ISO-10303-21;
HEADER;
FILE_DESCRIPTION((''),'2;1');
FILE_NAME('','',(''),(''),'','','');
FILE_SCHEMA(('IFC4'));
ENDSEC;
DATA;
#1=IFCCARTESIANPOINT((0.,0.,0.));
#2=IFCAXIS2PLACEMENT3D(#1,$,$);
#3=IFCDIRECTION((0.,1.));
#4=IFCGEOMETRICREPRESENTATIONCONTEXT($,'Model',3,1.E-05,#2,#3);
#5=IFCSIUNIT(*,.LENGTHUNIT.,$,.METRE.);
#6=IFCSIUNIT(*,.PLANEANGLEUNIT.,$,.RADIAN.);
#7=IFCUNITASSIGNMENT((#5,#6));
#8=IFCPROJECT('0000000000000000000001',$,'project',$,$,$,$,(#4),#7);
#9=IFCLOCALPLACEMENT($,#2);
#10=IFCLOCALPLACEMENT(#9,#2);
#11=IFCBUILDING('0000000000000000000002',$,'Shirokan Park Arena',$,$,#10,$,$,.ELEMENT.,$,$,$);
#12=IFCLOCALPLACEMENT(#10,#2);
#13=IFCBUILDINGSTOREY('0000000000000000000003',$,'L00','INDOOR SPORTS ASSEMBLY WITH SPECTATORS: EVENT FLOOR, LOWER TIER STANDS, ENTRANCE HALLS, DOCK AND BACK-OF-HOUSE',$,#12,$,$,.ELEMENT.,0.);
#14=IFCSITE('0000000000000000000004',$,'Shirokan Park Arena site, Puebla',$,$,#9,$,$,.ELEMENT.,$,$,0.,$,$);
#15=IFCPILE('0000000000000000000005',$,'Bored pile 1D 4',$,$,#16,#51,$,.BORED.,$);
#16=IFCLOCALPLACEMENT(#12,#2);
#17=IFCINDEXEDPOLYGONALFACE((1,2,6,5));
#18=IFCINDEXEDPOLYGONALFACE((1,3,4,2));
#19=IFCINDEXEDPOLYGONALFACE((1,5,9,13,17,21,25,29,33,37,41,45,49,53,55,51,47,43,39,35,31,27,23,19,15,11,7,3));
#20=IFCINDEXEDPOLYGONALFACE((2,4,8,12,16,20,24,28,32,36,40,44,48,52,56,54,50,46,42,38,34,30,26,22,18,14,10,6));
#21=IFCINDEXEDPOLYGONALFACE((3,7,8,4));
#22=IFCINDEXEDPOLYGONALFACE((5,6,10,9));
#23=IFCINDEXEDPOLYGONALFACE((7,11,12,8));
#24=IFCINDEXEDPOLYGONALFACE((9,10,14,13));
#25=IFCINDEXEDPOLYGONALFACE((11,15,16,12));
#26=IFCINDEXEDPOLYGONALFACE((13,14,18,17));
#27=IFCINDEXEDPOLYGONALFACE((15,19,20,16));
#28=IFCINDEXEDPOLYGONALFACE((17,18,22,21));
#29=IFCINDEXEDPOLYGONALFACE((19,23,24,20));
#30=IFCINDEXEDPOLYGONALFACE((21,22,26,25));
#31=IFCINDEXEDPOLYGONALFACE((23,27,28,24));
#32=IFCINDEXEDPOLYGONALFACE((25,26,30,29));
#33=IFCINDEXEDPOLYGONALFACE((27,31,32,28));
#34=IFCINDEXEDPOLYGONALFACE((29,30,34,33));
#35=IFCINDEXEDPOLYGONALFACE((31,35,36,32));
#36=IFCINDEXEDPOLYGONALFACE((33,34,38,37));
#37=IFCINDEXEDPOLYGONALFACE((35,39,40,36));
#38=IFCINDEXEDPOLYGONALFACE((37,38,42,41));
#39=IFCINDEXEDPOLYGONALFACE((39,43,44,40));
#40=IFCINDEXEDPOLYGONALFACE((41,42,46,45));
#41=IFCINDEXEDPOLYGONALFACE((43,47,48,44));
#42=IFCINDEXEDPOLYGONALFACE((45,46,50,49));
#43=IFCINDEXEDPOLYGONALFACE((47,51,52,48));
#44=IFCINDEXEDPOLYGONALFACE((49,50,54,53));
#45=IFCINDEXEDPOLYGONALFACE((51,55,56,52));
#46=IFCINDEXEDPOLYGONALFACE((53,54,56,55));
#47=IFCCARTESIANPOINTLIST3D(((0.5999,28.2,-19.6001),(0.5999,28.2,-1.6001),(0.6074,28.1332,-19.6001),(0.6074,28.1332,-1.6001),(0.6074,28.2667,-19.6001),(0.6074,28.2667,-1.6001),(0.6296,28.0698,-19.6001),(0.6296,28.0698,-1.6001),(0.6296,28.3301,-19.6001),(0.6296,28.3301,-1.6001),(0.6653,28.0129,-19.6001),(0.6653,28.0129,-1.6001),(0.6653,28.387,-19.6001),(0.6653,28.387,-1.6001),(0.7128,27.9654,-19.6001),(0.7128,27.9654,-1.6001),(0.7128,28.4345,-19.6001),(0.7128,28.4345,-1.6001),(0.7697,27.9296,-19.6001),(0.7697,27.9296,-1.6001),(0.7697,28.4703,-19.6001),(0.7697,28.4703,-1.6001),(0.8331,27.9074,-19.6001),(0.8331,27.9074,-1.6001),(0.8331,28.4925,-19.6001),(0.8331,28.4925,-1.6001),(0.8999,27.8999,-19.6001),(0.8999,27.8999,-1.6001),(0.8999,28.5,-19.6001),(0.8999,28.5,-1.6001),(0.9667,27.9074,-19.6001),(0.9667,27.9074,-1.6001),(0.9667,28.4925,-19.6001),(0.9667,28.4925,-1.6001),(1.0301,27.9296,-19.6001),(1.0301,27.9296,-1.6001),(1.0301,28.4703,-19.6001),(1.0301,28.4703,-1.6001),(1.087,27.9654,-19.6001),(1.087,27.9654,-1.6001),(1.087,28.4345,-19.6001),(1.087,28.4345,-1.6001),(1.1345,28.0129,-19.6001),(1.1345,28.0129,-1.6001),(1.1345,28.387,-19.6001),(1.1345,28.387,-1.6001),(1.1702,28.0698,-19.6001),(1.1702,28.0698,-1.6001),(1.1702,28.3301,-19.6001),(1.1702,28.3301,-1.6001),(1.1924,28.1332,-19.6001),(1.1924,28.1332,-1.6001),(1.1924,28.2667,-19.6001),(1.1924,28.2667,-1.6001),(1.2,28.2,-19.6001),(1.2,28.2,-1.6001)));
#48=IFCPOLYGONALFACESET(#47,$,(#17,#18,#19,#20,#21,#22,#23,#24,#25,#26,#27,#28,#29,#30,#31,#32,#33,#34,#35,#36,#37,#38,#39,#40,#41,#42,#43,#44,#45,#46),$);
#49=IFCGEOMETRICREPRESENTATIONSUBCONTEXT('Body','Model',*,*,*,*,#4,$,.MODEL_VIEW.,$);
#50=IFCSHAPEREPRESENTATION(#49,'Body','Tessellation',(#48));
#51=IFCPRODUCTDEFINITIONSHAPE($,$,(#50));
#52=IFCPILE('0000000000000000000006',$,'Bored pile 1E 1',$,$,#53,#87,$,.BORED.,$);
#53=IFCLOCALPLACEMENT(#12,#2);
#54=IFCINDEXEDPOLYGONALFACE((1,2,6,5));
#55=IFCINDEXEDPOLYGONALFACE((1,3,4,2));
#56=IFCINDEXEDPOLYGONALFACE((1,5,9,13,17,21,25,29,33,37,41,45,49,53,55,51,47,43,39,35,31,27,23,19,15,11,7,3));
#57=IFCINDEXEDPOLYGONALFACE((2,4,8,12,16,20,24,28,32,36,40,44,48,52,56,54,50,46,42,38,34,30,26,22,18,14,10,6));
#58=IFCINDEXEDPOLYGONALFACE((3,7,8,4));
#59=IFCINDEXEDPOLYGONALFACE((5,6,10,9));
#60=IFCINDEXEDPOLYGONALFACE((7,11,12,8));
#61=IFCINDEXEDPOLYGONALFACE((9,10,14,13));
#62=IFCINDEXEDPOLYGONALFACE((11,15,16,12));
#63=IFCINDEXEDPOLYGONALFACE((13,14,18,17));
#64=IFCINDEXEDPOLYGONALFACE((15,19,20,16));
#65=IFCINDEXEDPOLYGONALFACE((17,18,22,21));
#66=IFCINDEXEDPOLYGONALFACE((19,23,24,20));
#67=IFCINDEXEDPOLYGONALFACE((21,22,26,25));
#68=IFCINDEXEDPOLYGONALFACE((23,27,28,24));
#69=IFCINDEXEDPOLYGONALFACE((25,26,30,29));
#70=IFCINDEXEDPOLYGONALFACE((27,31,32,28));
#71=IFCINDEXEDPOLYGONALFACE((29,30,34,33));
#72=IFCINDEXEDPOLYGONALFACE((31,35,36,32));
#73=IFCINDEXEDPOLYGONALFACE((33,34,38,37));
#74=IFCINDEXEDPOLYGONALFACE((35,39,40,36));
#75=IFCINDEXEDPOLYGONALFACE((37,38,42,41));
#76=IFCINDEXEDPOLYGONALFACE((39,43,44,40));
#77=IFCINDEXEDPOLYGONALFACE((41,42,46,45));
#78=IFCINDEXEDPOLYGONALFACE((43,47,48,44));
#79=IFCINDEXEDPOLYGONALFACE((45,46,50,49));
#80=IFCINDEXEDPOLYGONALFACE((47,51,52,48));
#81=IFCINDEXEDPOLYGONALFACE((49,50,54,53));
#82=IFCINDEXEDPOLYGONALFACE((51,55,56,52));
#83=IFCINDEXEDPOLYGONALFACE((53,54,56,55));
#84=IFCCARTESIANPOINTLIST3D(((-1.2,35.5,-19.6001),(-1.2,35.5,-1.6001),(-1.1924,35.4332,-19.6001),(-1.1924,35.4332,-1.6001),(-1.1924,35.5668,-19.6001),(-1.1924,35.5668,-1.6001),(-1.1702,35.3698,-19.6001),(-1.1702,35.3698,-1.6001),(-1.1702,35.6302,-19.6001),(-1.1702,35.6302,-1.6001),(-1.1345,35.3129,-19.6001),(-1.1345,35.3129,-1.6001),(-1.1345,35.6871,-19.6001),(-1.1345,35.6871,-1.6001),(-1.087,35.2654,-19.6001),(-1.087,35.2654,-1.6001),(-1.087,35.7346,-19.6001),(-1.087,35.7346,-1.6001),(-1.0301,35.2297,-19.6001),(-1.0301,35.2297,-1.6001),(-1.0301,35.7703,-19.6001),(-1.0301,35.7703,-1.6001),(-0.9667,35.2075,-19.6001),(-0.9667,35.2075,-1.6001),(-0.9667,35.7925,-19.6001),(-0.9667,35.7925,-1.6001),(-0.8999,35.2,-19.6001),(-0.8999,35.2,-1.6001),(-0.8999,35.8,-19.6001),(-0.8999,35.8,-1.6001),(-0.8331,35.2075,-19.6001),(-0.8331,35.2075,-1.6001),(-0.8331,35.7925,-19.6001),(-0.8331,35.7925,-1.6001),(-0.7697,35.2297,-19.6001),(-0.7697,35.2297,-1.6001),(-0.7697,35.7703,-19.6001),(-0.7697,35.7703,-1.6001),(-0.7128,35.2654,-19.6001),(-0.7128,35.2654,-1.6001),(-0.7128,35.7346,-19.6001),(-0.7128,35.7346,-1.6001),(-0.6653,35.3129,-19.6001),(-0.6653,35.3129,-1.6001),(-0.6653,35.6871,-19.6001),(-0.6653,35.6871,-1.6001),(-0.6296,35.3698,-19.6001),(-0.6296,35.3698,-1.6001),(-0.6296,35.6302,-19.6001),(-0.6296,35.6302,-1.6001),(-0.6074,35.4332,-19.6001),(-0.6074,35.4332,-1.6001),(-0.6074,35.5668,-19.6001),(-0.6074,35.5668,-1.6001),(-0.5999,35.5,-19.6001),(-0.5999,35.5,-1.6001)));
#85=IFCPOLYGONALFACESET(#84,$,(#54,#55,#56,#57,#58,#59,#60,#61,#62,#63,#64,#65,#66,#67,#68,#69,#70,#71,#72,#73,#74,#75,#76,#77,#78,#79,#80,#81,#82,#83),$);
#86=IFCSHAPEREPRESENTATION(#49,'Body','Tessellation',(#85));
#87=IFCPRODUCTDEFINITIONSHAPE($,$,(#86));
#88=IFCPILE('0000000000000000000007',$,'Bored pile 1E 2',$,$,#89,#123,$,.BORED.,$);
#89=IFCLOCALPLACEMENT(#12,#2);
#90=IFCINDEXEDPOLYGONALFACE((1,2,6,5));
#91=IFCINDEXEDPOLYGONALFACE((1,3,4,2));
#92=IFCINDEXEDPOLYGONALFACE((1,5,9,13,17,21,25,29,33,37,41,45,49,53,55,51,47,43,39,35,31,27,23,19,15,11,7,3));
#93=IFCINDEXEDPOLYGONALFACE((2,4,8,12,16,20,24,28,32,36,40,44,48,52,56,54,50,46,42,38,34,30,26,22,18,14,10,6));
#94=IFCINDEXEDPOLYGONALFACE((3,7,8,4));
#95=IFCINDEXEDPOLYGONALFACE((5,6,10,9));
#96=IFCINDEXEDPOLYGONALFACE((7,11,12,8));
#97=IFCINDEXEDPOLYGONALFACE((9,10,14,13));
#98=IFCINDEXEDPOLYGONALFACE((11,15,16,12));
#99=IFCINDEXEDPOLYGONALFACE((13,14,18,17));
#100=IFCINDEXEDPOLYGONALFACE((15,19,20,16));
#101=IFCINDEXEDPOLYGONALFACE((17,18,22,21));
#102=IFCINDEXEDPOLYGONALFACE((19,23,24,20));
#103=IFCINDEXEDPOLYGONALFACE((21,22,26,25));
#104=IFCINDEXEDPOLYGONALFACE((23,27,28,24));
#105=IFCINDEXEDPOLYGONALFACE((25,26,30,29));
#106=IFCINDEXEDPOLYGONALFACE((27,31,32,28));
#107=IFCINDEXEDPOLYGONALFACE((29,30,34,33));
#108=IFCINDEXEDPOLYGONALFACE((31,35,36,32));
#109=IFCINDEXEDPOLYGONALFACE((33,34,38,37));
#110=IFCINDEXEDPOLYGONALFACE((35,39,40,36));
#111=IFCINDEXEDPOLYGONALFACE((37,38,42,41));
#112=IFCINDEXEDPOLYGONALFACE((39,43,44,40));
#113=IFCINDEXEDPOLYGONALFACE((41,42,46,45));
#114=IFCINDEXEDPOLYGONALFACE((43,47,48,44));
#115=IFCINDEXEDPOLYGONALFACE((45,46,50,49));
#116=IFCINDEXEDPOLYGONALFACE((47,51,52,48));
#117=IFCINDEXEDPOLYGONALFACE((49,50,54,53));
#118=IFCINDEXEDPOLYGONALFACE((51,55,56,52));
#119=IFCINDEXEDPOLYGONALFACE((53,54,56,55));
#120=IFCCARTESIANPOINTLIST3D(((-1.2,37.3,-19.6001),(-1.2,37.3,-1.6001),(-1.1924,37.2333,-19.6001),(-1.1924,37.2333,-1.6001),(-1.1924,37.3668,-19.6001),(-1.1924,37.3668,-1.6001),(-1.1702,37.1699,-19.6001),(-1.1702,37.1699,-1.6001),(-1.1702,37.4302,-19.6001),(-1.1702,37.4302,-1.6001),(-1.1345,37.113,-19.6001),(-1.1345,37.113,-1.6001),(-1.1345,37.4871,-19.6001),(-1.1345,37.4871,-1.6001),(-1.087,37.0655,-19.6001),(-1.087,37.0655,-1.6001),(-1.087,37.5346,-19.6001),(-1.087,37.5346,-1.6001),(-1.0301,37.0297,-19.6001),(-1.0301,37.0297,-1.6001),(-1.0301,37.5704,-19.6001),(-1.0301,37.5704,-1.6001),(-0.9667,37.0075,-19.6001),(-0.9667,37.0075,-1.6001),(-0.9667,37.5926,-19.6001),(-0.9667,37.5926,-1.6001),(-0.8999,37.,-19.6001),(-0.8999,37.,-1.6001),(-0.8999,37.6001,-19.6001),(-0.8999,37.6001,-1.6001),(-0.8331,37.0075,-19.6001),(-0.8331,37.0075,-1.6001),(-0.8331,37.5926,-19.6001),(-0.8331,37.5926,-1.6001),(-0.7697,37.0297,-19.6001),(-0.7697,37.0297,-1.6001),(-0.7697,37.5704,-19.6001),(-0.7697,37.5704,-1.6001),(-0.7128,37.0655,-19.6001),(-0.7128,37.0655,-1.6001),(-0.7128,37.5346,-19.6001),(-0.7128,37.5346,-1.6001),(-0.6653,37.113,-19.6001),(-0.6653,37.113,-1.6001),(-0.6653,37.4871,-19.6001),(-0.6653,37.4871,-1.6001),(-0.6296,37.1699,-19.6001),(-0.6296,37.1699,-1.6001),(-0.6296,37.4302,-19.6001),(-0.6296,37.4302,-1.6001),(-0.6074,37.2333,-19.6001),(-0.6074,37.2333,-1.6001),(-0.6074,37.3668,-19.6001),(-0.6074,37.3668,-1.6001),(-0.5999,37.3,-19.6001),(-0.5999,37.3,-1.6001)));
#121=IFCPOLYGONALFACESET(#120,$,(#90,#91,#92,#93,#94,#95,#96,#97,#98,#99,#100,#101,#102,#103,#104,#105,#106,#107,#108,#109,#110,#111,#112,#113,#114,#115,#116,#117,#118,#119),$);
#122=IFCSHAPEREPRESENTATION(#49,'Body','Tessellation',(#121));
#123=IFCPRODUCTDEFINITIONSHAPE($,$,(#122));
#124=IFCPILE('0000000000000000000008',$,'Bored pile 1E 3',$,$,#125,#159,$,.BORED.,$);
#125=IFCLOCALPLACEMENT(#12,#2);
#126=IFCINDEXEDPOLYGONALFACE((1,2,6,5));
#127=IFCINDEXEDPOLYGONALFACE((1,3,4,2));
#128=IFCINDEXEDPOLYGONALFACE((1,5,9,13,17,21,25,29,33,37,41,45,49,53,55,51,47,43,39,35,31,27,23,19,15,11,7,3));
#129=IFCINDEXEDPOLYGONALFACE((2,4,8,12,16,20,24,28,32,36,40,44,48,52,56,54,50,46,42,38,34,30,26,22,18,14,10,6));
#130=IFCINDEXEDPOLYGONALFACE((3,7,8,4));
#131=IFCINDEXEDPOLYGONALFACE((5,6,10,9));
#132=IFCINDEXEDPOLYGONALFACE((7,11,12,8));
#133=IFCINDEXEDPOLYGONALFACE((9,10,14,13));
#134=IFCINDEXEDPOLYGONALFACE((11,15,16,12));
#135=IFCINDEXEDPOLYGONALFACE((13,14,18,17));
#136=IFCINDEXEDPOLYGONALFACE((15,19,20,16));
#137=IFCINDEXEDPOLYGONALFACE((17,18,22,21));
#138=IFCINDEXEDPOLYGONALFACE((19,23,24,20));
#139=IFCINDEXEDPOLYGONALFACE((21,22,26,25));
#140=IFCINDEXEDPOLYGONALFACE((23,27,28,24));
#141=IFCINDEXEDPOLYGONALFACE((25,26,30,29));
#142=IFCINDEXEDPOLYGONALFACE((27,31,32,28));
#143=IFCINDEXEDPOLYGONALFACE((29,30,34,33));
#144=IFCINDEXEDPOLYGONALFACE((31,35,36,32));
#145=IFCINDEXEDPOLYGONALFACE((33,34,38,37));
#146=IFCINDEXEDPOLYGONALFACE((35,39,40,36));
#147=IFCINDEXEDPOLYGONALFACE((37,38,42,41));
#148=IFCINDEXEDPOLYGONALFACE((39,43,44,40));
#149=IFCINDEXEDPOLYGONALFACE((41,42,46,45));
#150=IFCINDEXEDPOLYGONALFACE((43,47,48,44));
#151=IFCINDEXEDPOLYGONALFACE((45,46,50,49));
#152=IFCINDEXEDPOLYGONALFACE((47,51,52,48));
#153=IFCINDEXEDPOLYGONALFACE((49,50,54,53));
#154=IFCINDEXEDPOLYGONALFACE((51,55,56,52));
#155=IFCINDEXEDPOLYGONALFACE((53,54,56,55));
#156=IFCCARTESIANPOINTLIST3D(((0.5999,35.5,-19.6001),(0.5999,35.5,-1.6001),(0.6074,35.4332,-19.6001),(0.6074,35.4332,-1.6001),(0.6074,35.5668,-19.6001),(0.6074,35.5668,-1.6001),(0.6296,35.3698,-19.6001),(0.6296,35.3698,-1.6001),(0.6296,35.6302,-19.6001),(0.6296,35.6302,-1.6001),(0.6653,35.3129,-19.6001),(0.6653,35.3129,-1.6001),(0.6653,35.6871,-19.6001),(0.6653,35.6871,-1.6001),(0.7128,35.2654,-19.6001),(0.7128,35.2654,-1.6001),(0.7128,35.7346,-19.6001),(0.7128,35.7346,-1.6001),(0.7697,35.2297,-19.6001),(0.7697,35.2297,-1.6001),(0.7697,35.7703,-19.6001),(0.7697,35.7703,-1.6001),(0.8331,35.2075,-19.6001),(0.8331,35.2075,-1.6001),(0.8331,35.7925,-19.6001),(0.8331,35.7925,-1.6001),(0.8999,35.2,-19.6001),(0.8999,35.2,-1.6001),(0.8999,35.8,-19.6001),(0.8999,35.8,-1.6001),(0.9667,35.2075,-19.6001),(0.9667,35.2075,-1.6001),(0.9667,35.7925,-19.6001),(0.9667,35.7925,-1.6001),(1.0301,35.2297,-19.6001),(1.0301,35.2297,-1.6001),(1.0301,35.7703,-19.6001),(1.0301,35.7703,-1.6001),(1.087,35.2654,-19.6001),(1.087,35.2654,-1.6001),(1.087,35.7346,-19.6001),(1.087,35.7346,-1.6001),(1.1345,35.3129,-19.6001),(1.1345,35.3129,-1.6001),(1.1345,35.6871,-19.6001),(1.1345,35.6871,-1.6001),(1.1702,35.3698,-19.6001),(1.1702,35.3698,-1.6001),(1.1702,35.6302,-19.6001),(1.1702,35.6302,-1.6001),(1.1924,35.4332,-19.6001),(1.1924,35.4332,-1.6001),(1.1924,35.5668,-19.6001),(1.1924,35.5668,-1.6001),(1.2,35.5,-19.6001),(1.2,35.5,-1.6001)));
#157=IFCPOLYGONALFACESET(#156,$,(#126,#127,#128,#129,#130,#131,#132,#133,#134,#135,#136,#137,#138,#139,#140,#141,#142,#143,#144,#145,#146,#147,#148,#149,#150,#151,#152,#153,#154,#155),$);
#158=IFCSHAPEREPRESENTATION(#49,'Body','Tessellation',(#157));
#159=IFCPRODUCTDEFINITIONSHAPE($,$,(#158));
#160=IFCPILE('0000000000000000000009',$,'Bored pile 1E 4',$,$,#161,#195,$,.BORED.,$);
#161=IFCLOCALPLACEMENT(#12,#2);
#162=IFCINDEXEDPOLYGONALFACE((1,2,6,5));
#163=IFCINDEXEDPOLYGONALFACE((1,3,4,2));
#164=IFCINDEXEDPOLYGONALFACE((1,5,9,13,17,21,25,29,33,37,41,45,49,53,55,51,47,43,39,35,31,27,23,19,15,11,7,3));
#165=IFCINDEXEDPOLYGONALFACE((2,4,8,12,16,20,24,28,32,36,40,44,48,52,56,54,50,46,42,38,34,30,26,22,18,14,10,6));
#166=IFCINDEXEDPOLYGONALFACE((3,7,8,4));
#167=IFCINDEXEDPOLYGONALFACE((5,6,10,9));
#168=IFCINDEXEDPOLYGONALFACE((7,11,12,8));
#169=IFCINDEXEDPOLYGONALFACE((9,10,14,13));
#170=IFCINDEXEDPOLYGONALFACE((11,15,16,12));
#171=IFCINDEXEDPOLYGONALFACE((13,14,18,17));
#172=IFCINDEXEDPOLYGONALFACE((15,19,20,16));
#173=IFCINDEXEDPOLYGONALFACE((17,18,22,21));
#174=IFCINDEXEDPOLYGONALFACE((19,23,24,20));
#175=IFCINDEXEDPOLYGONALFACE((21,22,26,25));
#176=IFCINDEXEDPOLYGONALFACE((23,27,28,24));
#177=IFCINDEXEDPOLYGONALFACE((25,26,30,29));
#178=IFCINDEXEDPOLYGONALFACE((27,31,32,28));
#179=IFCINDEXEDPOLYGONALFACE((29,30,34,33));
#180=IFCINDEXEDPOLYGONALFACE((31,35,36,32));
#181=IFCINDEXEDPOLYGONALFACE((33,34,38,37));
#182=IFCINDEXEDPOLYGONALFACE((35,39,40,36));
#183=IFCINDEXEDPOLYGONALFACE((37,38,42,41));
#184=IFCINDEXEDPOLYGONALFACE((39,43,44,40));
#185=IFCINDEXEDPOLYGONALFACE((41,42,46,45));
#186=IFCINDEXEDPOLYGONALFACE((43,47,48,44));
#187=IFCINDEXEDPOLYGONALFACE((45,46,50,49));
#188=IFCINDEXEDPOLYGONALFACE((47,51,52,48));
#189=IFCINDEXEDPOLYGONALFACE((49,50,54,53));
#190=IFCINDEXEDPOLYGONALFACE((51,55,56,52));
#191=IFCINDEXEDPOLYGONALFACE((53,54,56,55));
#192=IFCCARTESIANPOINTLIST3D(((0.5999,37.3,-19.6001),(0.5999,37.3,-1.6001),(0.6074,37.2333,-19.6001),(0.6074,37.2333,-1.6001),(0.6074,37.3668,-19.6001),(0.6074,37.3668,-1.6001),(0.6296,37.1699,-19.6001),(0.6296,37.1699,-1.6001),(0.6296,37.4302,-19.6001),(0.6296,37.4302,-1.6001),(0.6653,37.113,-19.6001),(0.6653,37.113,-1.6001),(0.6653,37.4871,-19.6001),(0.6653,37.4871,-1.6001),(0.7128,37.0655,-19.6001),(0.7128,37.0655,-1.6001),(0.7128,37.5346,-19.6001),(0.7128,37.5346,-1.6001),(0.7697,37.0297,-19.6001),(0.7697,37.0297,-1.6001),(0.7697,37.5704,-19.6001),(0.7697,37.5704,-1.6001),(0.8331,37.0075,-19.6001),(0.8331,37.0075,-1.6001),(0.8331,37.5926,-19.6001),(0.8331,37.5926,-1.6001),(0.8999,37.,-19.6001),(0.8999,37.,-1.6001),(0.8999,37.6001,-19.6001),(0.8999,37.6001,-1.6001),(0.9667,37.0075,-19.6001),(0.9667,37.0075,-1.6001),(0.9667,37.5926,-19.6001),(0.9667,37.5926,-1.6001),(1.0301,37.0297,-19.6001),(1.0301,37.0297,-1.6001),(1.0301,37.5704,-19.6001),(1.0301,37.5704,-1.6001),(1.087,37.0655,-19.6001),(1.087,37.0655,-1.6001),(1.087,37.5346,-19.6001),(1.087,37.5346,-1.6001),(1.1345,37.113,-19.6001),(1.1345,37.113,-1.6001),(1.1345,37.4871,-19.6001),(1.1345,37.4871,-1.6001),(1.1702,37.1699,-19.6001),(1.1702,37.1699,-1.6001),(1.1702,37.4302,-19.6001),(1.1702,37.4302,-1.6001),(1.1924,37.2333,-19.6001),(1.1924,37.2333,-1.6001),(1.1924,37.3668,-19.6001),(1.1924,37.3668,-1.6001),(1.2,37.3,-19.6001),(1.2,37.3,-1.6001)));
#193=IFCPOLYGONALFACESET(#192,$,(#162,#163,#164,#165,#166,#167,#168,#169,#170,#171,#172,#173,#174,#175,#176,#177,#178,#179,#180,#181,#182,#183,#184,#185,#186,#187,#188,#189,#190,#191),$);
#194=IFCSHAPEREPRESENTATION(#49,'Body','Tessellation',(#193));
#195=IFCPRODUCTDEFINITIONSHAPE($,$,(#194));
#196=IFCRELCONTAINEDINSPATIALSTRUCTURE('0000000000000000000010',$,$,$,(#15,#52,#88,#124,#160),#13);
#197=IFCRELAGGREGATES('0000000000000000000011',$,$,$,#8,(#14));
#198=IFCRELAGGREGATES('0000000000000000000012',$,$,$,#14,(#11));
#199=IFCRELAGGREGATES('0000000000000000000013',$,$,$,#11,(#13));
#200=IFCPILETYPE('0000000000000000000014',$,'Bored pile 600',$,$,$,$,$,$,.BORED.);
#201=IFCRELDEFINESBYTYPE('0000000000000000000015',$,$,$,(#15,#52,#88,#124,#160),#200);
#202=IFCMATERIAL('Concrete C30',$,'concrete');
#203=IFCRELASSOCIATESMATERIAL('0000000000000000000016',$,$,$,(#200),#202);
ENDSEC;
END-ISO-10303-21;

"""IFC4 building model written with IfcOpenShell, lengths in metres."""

from ifc_helpers import new_model, si_unit, direction, frame, origin, origin_2d, place, context, subcontext, project, spatial, circle, extrude, material, material_profile, profile_set, type_object, element, save


model = new_model("IFC4")

# Units and contexts
model_context = context("Model", 3, precision=1e-05, world=origin(), true_north=direction((0.0, 1.0)))
body_context = subcontext(model_context, "Body", "Model", "MODEL_VIEW")
ifc_project = project(units=[si_unit("LENGTHUNIT", "METRE"), si_unit("PLANEANGLEUNIT", "RADIAN")], contexts=[model_context])

# Site, building, storey
site_placement = place(None, origin())
site = spatial("IfcSite", under=ifc_project, at=site_placement, Name="Shirokan Park Arena site, Puebla", CompositionType="ELEMENT", RefElevation=0.0)
building_placement = place(site_placement, origin())
building = spatial("IfcBuilding", under=site, at=building_placement, Name="Shirokan Park Arena", CompositionType="ELEMENT")
storey_placement = place(building_placement, origin())
storey = spatial("IfcBuildingStorey", under=building, at=storey_placement, Name="L00", Description="INDOOR SPORTS ASSEMBLY WITH SPECTATORS: EVENT FLOOR, LOWER TIER STANDS, ENTRANCE HALLS, DOCK AND BACK-OF-HOUSE", CompositionType="ELEMENT", Elevation=0.0)

# Piles
ifc_material_1 = material(Name="Concrete C30", Category="concrete")
ifc_material_profile_1 = material_profile(ifc_material_1, circle(Radius=0.3, at=origin_2d()), Name="D600")
ifc_profile_set_1 = profile_set([ifc_material_profile_1], Name="Concrete C30")
pile_type_1 = type_object("IfcPileType", Name="Bored pile 600", PredefinedType="BORED", material=ifc_profile_set_1)
for number, where, z_axis, x_axis, name in (
    (1, (0.8999, 28.2, -1.6001), (0.0, 0.0, -1.0), (1.0, 0.0, 0.0), "Bored pile 1D 4"),
    (2, (-0.8999, 35.5, -1.6001), (0.0, 0.0, -1.0), (1.0, 0.0, 0.0), "Bored pile 1E 1"),
    (3, (-0.8999, 37.3, -1.6001), (0.0, 0.0, -1.0), (1.0, 0.0, 0.0), "Bored pile 1E 2"),
    (4, (0.8999, 35.5, -1.6001), (0.0, 0.0, -1.0), (1.0, 0.0, 0.0), "Bored pile 1E 3"),
    (5, (0.8999, 37.3, -1.6001), (0.0, 0.0, -1.0), (1.0, 0.0, 0.0), "Bored pile 1E 4"),
):
    element("IfcPile", number, at=place(storey_placement, frame(where, z_axis=z_axis, x_axis=x_axis)), inside=storey, type_object=pile_type_1, Name=name, PredefinedType="BORED", context=body_context, shape_type="SweptSolid", body=[
        extrude(circle(Radius=0.3, at=origin_2d()), origin(), (0.0, 0.0, 1.0), 18.0),
    ])

save(model, "model.ifc")
